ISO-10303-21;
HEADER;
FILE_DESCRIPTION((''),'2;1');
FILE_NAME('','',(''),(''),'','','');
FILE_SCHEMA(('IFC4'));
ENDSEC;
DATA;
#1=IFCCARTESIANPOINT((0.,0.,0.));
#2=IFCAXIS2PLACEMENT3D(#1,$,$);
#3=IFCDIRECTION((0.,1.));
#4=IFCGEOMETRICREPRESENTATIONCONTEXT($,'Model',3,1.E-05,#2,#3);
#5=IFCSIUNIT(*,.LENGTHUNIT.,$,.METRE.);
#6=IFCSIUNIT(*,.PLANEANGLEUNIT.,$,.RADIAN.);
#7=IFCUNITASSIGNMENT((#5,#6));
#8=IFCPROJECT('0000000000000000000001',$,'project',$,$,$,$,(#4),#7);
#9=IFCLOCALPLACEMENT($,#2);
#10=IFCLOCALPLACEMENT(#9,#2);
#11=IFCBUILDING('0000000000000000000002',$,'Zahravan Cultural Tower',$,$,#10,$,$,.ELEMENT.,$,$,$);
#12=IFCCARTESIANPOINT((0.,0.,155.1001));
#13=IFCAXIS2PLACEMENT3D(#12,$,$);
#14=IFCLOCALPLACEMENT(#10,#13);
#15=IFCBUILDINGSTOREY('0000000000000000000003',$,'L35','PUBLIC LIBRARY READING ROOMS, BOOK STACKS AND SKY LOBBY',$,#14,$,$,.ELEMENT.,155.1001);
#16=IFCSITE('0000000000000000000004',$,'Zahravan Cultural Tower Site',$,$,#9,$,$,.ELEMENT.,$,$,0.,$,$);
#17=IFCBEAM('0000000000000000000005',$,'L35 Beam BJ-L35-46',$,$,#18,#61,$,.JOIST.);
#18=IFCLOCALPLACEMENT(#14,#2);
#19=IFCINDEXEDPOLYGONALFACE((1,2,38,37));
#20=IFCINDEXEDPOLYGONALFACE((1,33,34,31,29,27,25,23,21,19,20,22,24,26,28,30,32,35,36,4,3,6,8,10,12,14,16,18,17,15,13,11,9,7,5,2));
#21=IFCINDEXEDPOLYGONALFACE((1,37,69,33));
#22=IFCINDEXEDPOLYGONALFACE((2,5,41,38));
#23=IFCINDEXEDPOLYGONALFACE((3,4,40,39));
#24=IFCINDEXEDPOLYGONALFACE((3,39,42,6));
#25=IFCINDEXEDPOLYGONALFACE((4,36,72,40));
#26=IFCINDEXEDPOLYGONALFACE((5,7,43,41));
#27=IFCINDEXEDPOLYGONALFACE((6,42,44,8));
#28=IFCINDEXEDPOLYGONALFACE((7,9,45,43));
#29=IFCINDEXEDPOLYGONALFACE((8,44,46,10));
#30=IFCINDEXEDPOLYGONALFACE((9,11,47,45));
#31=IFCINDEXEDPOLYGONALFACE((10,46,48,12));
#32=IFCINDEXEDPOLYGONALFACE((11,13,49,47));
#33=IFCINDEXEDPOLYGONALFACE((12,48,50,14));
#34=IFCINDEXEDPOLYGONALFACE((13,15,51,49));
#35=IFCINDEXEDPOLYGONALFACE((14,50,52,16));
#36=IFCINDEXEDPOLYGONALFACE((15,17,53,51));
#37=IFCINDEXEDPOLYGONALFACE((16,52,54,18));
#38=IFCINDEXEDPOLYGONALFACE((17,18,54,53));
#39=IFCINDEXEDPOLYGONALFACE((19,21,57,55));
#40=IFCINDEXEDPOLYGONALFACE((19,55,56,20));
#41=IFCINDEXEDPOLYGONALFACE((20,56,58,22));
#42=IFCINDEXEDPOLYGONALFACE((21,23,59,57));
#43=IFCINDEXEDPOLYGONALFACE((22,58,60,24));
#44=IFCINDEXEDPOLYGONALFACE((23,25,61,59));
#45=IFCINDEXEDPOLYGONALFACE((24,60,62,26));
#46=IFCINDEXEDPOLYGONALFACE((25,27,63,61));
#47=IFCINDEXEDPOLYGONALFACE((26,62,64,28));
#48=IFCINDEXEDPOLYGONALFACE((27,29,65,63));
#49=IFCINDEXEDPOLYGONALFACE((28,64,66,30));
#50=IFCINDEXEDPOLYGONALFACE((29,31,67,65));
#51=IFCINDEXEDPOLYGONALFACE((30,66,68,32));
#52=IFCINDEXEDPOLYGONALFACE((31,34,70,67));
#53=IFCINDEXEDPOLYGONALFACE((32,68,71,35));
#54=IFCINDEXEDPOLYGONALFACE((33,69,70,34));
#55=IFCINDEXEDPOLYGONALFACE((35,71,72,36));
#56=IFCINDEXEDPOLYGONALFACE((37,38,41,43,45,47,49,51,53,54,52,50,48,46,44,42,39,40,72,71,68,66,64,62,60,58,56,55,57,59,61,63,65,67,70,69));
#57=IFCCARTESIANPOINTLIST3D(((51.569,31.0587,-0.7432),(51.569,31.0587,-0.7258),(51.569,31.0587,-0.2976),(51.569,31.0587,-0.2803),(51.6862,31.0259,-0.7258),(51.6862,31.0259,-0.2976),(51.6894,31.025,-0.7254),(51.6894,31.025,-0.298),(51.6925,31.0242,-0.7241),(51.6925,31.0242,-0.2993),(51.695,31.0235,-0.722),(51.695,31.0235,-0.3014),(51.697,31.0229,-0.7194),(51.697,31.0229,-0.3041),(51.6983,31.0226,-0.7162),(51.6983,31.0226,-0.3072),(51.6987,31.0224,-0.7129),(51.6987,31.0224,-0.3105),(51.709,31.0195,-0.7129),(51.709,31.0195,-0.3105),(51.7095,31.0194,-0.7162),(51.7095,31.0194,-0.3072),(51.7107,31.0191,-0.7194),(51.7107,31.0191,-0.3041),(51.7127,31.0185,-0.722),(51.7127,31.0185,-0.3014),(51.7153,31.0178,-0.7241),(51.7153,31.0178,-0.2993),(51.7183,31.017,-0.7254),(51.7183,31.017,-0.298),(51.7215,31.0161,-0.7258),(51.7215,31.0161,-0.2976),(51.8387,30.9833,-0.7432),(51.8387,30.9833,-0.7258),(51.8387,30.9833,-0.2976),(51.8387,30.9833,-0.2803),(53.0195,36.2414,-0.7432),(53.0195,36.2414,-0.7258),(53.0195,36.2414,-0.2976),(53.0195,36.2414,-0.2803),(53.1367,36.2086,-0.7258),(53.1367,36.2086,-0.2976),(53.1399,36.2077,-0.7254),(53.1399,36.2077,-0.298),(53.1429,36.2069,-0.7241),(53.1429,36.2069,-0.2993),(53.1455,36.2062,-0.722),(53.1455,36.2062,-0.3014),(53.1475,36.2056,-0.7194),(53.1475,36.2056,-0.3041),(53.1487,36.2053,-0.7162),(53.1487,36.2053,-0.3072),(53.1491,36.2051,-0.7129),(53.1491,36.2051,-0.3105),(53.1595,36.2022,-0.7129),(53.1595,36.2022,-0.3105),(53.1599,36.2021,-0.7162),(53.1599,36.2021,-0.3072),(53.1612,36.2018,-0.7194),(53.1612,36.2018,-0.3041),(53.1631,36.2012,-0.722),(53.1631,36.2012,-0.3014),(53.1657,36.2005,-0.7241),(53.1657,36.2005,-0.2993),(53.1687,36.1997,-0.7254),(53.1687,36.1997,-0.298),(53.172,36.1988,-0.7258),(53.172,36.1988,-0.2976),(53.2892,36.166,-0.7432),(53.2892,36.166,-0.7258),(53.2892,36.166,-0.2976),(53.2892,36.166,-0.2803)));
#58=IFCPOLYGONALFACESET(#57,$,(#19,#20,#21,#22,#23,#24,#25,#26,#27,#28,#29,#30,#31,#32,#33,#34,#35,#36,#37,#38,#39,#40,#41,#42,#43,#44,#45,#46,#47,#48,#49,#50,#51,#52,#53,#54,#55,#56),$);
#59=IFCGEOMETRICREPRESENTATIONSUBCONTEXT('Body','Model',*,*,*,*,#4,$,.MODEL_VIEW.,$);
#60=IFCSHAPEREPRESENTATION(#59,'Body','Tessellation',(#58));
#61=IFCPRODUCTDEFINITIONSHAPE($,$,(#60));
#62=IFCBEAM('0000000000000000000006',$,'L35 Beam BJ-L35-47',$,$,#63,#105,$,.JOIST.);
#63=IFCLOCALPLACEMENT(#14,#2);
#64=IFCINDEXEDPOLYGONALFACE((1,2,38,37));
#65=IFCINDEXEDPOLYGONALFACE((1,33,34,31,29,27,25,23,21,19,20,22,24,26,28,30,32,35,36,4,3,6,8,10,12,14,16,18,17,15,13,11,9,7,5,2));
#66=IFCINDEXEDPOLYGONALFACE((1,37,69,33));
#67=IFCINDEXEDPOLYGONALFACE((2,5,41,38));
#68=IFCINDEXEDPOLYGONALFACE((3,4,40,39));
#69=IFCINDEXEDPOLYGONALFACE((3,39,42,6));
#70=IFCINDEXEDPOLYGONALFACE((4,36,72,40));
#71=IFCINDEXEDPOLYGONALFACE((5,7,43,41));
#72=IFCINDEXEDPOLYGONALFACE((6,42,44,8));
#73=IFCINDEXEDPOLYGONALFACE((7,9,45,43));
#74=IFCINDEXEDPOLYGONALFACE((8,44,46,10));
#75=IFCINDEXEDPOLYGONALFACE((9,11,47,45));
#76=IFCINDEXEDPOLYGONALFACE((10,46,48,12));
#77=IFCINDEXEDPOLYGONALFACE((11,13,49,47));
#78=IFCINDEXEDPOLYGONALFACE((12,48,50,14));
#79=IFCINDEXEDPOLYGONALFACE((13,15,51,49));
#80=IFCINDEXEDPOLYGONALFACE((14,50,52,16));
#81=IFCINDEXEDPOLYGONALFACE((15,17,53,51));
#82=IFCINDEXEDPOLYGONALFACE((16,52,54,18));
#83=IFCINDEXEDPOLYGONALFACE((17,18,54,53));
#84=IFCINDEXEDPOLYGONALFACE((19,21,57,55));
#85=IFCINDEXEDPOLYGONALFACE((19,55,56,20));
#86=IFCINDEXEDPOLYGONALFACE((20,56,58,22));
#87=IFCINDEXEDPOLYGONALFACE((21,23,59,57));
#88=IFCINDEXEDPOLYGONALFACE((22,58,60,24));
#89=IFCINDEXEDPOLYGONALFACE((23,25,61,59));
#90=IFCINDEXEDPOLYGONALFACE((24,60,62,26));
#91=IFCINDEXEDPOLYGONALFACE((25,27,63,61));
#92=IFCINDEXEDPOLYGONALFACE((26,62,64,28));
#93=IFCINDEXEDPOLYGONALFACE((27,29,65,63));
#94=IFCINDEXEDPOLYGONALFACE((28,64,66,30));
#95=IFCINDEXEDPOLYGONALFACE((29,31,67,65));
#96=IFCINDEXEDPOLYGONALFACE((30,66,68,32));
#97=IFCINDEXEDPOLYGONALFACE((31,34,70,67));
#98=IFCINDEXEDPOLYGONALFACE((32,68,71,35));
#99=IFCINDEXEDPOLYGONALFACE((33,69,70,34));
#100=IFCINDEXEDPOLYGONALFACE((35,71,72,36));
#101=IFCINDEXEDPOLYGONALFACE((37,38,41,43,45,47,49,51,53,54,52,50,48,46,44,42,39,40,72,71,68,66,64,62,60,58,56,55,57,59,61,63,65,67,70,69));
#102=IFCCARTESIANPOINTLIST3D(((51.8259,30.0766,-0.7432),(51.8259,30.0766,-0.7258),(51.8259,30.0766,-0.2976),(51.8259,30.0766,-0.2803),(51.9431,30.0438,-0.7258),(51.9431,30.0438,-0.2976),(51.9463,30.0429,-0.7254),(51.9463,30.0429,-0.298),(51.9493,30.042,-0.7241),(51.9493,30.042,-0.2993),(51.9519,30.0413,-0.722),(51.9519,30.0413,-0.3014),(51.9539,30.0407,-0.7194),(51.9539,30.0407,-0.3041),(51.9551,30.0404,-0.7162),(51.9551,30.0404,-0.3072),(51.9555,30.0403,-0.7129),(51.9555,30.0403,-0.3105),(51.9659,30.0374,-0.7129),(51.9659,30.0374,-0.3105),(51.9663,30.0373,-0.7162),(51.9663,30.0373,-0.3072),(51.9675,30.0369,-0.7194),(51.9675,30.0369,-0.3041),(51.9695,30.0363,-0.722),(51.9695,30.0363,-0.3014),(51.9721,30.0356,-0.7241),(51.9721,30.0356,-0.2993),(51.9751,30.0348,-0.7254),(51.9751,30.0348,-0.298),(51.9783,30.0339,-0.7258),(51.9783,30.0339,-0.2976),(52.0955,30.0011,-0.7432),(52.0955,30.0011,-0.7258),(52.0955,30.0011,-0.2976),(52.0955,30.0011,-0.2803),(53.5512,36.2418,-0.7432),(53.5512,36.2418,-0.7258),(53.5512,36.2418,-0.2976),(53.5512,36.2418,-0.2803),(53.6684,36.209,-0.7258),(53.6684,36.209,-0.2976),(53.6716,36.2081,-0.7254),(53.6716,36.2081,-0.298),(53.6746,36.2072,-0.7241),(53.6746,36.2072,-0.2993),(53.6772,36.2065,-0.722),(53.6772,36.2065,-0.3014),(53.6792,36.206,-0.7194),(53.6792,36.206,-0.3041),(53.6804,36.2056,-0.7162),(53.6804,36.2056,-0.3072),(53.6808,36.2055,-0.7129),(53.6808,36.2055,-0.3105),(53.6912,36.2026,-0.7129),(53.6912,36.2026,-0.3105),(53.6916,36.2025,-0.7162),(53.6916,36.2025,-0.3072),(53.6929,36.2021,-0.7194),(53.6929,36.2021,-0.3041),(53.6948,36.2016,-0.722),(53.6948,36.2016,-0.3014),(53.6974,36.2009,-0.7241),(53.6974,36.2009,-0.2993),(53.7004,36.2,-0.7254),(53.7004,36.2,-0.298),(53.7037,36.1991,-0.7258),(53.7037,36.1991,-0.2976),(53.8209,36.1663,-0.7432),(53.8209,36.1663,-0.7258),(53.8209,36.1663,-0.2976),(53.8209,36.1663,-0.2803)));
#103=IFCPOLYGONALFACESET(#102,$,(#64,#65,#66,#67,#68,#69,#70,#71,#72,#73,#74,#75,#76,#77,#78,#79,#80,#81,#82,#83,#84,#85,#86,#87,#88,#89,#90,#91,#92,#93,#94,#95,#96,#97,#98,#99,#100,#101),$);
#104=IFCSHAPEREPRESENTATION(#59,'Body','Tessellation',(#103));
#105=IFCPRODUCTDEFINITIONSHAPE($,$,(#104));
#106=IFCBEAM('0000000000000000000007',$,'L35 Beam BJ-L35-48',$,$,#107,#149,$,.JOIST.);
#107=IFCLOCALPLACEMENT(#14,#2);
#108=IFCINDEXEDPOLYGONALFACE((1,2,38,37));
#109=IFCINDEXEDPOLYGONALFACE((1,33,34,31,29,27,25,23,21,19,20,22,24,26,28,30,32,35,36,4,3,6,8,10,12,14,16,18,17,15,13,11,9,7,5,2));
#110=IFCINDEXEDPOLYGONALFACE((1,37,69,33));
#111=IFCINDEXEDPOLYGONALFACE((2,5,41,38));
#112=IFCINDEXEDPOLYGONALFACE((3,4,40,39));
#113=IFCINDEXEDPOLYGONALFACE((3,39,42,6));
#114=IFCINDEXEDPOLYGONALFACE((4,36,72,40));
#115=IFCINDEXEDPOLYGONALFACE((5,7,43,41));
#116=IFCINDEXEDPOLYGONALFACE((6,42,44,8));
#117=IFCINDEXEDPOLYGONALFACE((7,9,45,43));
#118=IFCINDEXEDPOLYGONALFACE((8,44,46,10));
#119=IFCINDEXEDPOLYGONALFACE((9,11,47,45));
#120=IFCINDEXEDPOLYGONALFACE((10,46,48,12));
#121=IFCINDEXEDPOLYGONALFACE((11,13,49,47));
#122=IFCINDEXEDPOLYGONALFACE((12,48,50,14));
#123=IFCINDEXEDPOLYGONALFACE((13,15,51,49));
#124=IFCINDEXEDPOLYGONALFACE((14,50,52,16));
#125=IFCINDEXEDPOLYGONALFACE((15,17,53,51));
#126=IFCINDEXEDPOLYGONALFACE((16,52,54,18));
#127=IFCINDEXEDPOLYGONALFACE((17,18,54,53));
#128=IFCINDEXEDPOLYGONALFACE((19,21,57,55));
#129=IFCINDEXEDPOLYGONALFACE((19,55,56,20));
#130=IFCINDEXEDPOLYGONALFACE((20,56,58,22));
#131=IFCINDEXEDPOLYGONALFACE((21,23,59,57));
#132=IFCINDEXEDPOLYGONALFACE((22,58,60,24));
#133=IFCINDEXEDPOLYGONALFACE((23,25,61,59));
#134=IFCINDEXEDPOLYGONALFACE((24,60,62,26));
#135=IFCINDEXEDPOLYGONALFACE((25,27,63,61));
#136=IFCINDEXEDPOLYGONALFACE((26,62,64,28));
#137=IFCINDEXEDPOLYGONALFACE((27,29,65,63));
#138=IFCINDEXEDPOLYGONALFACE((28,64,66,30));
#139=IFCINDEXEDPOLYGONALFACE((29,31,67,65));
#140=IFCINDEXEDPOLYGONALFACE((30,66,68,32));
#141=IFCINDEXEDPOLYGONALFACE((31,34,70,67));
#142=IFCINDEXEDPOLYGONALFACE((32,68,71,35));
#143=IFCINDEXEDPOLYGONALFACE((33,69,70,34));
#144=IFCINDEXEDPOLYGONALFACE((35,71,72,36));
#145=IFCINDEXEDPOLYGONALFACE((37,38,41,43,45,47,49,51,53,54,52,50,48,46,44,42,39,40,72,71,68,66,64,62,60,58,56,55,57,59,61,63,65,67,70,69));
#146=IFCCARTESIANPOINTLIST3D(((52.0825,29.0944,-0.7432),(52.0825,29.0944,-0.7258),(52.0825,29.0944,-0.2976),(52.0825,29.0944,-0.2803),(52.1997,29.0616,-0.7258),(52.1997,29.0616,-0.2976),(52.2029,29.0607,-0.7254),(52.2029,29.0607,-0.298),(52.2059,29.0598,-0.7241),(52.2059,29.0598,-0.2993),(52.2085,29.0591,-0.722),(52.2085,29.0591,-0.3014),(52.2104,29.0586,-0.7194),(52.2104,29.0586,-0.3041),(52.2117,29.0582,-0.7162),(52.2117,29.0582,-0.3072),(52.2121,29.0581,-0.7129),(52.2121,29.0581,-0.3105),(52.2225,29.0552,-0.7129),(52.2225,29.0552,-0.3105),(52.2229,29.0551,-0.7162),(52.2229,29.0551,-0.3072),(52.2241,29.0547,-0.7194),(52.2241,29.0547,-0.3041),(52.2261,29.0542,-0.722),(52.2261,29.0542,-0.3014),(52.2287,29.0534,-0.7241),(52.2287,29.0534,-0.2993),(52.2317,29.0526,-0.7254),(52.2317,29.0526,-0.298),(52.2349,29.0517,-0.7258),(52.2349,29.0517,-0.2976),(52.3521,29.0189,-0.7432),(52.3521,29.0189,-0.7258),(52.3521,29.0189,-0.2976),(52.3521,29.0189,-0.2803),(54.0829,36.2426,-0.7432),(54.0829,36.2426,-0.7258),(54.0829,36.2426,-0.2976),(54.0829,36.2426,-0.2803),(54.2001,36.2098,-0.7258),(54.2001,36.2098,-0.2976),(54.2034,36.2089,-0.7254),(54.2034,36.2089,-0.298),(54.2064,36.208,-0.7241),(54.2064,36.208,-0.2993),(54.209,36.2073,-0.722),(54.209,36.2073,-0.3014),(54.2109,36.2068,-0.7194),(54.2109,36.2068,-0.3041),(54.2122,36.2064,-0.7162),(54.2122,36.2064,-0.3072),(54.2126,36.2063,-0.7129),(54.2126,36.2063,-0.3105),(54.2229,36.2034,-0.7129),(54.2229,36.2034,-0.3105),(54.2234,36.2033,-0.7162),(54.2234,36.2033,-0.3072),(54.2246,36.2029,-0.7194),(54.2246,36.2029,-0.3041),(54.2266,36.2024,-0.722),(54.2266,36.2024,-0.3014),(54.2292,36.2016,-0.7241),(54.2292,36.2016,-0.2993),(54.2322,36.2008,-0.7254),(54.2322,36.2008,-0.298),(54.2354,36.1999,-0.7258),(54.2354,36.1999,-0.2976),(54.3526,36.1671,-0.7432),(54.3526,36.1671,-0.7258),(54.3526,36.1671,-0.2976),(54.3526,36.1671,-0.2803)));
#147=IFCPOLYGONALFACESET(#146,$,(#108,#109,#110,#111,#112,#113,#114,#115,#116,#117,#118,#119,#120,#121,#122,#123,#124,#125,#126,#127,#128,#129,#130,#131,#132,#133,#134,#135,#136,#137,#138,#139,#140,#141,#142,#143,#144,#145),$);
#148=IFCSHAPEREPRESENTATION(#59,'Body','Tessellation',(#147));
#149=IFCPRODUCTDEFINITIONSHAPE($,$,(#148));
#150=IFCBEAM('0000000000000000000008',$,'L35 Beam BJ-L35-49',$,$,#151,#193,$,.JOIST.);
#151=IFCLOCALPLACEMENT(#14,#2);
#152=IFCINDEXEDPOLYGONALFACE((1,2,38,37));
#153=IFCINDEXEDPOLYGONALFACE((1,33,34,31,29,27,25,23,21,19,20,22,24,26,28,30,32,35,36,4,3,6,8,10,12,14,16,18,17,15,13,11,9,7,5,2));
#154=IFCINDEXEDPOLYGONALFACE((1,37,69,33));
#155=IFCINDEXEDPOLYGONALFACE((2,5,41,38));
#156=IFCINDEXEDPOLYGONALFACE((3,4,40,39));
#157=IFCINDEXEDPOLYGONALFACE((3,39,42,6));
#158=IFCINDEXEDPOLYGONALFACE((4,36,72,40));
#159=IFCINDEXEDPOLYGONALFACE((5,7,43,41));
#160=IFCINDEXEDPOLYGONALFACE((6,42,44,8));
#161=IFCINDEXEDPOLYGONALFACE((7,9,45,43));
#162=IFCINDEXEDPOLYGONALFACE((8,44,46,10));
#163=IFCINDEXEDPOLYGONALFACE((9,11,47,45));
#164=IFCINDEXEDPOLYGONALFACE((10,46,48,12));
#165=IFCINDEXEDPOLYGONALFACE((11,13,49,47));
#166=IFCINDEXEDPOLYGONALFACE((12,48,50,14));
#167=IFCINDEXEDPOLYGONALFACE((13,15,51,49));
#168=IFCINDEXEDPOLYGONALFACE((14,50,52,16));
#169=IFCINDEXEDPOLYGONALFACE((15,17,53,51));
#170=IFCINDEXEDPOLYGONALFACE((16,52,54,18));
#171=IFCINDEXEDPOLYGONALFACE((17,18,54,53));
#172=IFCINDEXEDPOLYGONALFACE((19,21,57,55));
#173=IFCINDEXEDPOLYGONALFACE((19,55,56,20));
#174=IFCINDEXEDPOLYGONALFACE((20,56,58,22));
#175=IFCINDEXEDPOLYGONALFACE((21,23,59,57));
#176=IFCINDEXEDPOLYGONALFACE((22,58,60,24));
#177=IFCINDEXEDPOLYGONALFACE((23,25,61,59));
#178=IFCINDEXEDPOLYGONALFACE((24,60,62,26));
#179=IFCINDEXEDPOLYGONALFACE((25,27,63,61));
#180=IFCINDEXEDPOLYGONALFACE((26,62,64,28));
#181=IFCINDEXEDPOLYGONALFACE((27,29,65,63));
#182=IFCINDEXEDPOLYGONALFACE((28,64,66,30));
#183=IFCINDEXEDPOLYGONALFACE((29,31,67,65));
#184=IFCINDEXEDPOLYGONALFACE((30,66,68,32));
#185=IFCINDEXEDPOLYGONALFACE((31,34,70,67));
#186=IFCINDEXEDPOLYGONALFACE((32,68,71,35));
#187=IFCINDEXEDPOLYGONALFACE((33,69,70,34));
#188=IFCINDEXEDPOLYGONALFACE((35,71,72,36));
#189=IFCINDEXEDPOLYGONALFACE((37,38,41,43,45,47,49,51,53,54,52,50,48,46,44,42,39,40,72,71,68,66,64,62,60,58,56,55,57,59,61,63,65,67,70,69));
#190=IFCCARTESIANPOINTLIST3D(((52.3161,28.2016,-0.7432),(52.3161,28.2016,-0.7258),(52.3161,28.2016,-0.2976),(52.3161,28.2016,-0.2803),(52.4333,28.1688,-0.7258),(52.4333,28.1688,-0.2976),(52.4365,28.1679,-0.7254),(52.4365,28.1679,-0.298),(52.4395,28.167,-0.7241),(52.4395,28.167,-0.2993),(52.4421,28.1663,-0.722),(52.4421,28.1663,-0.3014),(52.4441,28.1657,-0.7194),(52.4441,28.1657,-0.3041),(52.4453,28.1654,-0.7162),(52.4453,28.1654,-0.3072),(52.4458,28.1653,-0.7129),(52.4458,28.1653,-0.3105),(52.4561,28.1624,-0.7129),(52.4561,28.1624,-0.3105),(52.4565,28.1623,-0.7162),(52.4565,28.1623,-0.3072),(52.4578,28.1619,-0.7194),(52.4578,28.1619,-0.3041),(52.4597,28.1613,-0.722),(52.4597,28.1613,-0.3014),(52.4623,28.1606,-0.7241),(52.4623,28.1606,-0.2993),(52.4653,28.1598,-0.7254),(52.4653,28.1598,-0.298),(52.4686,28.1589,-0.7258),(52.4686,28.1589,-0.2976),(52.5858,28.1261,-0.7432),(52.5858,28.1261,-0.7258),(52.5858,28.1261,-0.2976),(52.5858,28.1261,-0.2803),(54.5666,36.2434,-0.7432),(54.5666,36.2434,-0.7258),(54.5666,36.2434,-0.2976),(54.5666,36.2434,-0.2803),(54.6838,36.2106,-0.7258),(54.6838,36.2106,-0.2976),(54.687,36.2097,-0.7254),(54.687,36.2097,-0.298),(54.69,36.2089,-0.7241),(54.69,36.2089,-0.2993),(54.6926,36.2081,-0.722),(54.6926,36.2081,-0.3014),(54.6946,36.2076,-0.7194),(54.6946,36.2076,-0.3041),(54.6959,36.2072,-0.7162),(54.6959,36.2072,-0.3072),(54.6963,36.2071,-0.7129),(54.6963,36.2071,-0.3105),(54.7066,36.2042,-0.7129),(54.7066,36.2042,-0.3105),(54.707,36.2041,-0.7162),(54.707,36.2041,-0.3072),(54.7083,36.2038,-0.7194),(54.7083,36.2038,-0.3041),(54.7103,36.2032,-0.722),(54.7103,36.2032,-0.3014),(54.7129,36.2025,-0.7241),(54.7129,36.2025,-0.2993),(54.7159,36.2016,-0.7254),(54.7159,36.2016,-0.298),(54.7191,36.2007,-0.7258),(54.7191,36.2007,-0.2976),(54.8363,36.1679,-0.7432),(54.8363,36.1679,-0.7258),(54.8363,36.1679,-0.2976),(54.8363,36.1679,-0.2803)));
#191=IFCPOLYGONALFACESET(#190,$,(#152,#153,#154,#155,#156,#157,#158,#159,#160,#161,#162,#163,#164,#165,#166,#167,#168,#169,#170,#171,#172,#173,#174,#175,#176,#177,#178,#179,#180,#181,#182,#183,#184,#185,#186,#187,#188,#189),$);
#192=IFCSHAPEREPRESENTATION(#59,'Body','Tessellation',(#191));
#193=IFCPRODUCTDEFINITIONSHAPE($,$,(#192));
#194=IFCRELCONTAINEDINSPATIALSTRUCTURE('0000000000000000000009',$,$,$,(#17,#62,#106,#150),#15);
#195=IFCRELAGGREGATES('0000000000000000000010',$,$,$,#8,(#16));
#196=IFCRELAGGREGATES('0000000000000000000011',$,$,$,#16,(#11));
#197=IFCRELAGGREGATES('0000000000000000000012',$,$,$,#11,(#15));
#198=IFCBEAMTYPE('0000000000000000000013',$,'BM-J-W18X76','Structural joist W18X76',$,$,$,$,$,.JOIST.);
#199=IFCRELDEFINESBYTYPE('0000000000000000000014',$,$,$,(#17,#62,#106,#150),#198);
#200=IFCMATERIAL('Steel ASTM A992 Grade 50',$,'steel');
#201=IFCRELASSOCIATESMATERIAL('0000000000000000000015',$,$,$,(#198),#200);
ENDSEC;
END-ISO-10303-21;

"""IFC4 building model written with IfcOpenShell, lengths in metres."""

from ifc_helpers import new_model, si_unit, direction, frame, origin, origin_2d, place, context, subcontext, project, spatial, i_section, extrude, source, transform, mapped, material, material_profile, profile_set, type_object, element, save


model = new_model("IFC4")

# Units and contexts
model_context = context("Model", 3, precision=1e-05, world=origin(), true_north=direction((0.0, 1.0)))
body_context = subcontext(model_context, "Body", "Model", "MODEL_VIEW")
ifc_project = project(units=[si_unit("LENGTHUNIT", "METRE"), si_unit("PLANEANGLEUNIT", "RADIAN")], contexts=[model_context])

# Site, building, storey
site_placement = place(None, origin())
site = spatial("IfcSite", under=ifc_project, at=site_placement, Name="Zahravan Cultural Tower Site", CompositionType="ELEMENT", RefElevation=0.0)
building_placement = place(site_placement, origin())
building = spatial("IfcBuilding", under=site, at=building_placement, Name="Zahravan Cultural Tower", CompositionType="ELEMENT")
storey_placement = place(building_placement, frame((0.0, 0.0, 155.1001)))
storey = spatial("IfcBuildingStorey", under=building, at=storey_placement, Name="L35", Description="PUBLIC LIBRARY READING ROOMS, BOOK STACKS AND SKY LOBBY", CompositionType="ELEMENT", Elevation=155.1001)

# Shared definitions
ifc_material_1 = material(Name="Steel ASTM A992 Grade 50", Category="steel")

# Beams
ifc_material_profile_1 = material_profile(ifc_material_1, i_section(OverallWidth=0.28, OverallDepth=0.4629, WebThickness=0.0107, FlangeThickness=0.0173, FilletRadius=0.0129, at=origin_2d()), Name="W18X76")
ifc_profile_set_1 = profile_set([ifc_material_profile_1], Name="Steel ASTM A992 Grade 50")
beam_type_1 = type_object("IfcBeamType", Name="BM-J-W18X76", Description="Structural joist W18X76", PredefinedType="JOIST", material=ifc_profile_set_1)
shared_shape_1 = source(origin(), body_context, "Body", "SweptSolid", [
    extrude(i_section(OverallWidth=0.28, OverallDepth=0.4629, WebThickness=0.0107, FlangeThickness=0.0173, FilletRadius=0.0129, at=origin_2d()), origin(), (0.0, 0.0, 1.0), 5.3818),
])
beam_1_placement = place(storey_placement, frame((51.7039, 31.021, -0.5117), z_axis=(0.26951, 0.962997, 0.0), x_axis=(-0.962997, 0.26951, 0.0)))
element("IfcBeam", 1, at=beam_1_placement, inside=storey, type_object=beam_type_1, Name="L35 Beam BJ-L35-46", PredefinedType="JOIST", context=body_context, shape_type="MappedRepresentation", body=[
    mapped(shared_shape_1, transform((0.0, 0.0, 0.0), x_axis=(1.0, 0.0, 0.0), y_axis=(0.0, 1.0, 0.0), z_axis=(0.0, 0.0, 1.0), scale=1.0)),
])
shared_shape_2 = source(origin(), body_context, "Body", "SweptSolid", [
    extrude(i_section(OverallWidth=0.28, OverallDepth=0.4629, WebThickness=0.0107, FlangeThickness=0.0173, FilletRadius=0.0129, at=origin_2d()), origin(), (0.0, 0.0, 1.0), 6.4021),
])
beam_2_placement = place(storey_placement, frame((51.9607, 30.0388, -0.5117), z_axis=(0.269494, 0.963002, 0.0), x_axis=(-0.963002, 0.269494, 0.0)))
element("IfcBeam", 2, at=beam_2_placement, inside=storey, type_object=beam_type_1, Name="L35 Beam BJ-L35-47", PredefinedType="JOIST", context=body_context, shape_type="MappedRepresentation", body=[
    mapped(shared_shape_2, transform((0.0, 0.0, 0.0), x_axis=(1.0, 0.0, 0.0), y_axis=(0.0, 1.0, 0.0), z_axis=(0.0, 0.0, 1.0), scale=1.0)),
])
shared_shape_3 = source(origin(), body_context, "Body", "SweptSolid", [
    extrude(i_section(OverallWidth=0.28, OverallDepth=0.4629, WebThickness=0.0107, FlangeThickness=0.0173, FilletRadius=0.0129, at=origin_2d()), origin(), (0.0, 0.0, 1.0), 7.4229),
])
beam_3_placement = place(storey_placement, frame((52.2173, 29.0566, -0.5117), z_axis=(0.269504, 0.962999, 0.0), x_axis=(-0.962999, 0.269504, 0.0)))
element("IfcBeam", 3, at=beam_3_placement, inside=storey, type_object=beam_type_1, Name="L35 Beam BJ-L35-48", PredefinedType="JOIST", context=body_context, shape_type="MappedRepresentation", body=[
    mapped(shared_shape_3, transform((0.0, 0.0, 0.0), x_axis=(1.0, 0.0, 0.0), y_axis=(0.0, 1.0, 0.0), z_axis=(0.0, 0.0, 1.0), scale=1.0)),
])
shared_shape_4 = source(origin(), body_context, "Body", "SweptSolid", [
    extrude(i_section(OverallWidth=0.28, OverallDepth=0.4629, WebThickness=0.0107, FlangeThickness=0.0173, FilletRadius=0.0129, at=origin_2d()), origin(), (0.0, 0.0, 1.0), 8.3508),
])
beam_4_placement = place(storey_placement, frame((52.4509, 28.1638, -0.5117), z_axis=(0.269497, 0.963001, 0.0), x_axis=(-0.963001, 0.269497, 0.0)))
element("IfcBeam", 4, at=beam_4_placement, inside=storey, type_object=beam_type_1, Name="L35 Beam BJ-L35-49", PredefinedType="JOIST", context=body_context, shape_type="MappedRepresentation", body=[
    mapped(shared_shape_4, transform((0.0, 0.0, 0.0), x_axis=(1.0, 0.0, 0.0), y_axis=(0.0, 1.0, 0.0), z_axis=(0.0, 0.0, 1.0), scale=1.0)),
])

save(model, "model.ifc")
